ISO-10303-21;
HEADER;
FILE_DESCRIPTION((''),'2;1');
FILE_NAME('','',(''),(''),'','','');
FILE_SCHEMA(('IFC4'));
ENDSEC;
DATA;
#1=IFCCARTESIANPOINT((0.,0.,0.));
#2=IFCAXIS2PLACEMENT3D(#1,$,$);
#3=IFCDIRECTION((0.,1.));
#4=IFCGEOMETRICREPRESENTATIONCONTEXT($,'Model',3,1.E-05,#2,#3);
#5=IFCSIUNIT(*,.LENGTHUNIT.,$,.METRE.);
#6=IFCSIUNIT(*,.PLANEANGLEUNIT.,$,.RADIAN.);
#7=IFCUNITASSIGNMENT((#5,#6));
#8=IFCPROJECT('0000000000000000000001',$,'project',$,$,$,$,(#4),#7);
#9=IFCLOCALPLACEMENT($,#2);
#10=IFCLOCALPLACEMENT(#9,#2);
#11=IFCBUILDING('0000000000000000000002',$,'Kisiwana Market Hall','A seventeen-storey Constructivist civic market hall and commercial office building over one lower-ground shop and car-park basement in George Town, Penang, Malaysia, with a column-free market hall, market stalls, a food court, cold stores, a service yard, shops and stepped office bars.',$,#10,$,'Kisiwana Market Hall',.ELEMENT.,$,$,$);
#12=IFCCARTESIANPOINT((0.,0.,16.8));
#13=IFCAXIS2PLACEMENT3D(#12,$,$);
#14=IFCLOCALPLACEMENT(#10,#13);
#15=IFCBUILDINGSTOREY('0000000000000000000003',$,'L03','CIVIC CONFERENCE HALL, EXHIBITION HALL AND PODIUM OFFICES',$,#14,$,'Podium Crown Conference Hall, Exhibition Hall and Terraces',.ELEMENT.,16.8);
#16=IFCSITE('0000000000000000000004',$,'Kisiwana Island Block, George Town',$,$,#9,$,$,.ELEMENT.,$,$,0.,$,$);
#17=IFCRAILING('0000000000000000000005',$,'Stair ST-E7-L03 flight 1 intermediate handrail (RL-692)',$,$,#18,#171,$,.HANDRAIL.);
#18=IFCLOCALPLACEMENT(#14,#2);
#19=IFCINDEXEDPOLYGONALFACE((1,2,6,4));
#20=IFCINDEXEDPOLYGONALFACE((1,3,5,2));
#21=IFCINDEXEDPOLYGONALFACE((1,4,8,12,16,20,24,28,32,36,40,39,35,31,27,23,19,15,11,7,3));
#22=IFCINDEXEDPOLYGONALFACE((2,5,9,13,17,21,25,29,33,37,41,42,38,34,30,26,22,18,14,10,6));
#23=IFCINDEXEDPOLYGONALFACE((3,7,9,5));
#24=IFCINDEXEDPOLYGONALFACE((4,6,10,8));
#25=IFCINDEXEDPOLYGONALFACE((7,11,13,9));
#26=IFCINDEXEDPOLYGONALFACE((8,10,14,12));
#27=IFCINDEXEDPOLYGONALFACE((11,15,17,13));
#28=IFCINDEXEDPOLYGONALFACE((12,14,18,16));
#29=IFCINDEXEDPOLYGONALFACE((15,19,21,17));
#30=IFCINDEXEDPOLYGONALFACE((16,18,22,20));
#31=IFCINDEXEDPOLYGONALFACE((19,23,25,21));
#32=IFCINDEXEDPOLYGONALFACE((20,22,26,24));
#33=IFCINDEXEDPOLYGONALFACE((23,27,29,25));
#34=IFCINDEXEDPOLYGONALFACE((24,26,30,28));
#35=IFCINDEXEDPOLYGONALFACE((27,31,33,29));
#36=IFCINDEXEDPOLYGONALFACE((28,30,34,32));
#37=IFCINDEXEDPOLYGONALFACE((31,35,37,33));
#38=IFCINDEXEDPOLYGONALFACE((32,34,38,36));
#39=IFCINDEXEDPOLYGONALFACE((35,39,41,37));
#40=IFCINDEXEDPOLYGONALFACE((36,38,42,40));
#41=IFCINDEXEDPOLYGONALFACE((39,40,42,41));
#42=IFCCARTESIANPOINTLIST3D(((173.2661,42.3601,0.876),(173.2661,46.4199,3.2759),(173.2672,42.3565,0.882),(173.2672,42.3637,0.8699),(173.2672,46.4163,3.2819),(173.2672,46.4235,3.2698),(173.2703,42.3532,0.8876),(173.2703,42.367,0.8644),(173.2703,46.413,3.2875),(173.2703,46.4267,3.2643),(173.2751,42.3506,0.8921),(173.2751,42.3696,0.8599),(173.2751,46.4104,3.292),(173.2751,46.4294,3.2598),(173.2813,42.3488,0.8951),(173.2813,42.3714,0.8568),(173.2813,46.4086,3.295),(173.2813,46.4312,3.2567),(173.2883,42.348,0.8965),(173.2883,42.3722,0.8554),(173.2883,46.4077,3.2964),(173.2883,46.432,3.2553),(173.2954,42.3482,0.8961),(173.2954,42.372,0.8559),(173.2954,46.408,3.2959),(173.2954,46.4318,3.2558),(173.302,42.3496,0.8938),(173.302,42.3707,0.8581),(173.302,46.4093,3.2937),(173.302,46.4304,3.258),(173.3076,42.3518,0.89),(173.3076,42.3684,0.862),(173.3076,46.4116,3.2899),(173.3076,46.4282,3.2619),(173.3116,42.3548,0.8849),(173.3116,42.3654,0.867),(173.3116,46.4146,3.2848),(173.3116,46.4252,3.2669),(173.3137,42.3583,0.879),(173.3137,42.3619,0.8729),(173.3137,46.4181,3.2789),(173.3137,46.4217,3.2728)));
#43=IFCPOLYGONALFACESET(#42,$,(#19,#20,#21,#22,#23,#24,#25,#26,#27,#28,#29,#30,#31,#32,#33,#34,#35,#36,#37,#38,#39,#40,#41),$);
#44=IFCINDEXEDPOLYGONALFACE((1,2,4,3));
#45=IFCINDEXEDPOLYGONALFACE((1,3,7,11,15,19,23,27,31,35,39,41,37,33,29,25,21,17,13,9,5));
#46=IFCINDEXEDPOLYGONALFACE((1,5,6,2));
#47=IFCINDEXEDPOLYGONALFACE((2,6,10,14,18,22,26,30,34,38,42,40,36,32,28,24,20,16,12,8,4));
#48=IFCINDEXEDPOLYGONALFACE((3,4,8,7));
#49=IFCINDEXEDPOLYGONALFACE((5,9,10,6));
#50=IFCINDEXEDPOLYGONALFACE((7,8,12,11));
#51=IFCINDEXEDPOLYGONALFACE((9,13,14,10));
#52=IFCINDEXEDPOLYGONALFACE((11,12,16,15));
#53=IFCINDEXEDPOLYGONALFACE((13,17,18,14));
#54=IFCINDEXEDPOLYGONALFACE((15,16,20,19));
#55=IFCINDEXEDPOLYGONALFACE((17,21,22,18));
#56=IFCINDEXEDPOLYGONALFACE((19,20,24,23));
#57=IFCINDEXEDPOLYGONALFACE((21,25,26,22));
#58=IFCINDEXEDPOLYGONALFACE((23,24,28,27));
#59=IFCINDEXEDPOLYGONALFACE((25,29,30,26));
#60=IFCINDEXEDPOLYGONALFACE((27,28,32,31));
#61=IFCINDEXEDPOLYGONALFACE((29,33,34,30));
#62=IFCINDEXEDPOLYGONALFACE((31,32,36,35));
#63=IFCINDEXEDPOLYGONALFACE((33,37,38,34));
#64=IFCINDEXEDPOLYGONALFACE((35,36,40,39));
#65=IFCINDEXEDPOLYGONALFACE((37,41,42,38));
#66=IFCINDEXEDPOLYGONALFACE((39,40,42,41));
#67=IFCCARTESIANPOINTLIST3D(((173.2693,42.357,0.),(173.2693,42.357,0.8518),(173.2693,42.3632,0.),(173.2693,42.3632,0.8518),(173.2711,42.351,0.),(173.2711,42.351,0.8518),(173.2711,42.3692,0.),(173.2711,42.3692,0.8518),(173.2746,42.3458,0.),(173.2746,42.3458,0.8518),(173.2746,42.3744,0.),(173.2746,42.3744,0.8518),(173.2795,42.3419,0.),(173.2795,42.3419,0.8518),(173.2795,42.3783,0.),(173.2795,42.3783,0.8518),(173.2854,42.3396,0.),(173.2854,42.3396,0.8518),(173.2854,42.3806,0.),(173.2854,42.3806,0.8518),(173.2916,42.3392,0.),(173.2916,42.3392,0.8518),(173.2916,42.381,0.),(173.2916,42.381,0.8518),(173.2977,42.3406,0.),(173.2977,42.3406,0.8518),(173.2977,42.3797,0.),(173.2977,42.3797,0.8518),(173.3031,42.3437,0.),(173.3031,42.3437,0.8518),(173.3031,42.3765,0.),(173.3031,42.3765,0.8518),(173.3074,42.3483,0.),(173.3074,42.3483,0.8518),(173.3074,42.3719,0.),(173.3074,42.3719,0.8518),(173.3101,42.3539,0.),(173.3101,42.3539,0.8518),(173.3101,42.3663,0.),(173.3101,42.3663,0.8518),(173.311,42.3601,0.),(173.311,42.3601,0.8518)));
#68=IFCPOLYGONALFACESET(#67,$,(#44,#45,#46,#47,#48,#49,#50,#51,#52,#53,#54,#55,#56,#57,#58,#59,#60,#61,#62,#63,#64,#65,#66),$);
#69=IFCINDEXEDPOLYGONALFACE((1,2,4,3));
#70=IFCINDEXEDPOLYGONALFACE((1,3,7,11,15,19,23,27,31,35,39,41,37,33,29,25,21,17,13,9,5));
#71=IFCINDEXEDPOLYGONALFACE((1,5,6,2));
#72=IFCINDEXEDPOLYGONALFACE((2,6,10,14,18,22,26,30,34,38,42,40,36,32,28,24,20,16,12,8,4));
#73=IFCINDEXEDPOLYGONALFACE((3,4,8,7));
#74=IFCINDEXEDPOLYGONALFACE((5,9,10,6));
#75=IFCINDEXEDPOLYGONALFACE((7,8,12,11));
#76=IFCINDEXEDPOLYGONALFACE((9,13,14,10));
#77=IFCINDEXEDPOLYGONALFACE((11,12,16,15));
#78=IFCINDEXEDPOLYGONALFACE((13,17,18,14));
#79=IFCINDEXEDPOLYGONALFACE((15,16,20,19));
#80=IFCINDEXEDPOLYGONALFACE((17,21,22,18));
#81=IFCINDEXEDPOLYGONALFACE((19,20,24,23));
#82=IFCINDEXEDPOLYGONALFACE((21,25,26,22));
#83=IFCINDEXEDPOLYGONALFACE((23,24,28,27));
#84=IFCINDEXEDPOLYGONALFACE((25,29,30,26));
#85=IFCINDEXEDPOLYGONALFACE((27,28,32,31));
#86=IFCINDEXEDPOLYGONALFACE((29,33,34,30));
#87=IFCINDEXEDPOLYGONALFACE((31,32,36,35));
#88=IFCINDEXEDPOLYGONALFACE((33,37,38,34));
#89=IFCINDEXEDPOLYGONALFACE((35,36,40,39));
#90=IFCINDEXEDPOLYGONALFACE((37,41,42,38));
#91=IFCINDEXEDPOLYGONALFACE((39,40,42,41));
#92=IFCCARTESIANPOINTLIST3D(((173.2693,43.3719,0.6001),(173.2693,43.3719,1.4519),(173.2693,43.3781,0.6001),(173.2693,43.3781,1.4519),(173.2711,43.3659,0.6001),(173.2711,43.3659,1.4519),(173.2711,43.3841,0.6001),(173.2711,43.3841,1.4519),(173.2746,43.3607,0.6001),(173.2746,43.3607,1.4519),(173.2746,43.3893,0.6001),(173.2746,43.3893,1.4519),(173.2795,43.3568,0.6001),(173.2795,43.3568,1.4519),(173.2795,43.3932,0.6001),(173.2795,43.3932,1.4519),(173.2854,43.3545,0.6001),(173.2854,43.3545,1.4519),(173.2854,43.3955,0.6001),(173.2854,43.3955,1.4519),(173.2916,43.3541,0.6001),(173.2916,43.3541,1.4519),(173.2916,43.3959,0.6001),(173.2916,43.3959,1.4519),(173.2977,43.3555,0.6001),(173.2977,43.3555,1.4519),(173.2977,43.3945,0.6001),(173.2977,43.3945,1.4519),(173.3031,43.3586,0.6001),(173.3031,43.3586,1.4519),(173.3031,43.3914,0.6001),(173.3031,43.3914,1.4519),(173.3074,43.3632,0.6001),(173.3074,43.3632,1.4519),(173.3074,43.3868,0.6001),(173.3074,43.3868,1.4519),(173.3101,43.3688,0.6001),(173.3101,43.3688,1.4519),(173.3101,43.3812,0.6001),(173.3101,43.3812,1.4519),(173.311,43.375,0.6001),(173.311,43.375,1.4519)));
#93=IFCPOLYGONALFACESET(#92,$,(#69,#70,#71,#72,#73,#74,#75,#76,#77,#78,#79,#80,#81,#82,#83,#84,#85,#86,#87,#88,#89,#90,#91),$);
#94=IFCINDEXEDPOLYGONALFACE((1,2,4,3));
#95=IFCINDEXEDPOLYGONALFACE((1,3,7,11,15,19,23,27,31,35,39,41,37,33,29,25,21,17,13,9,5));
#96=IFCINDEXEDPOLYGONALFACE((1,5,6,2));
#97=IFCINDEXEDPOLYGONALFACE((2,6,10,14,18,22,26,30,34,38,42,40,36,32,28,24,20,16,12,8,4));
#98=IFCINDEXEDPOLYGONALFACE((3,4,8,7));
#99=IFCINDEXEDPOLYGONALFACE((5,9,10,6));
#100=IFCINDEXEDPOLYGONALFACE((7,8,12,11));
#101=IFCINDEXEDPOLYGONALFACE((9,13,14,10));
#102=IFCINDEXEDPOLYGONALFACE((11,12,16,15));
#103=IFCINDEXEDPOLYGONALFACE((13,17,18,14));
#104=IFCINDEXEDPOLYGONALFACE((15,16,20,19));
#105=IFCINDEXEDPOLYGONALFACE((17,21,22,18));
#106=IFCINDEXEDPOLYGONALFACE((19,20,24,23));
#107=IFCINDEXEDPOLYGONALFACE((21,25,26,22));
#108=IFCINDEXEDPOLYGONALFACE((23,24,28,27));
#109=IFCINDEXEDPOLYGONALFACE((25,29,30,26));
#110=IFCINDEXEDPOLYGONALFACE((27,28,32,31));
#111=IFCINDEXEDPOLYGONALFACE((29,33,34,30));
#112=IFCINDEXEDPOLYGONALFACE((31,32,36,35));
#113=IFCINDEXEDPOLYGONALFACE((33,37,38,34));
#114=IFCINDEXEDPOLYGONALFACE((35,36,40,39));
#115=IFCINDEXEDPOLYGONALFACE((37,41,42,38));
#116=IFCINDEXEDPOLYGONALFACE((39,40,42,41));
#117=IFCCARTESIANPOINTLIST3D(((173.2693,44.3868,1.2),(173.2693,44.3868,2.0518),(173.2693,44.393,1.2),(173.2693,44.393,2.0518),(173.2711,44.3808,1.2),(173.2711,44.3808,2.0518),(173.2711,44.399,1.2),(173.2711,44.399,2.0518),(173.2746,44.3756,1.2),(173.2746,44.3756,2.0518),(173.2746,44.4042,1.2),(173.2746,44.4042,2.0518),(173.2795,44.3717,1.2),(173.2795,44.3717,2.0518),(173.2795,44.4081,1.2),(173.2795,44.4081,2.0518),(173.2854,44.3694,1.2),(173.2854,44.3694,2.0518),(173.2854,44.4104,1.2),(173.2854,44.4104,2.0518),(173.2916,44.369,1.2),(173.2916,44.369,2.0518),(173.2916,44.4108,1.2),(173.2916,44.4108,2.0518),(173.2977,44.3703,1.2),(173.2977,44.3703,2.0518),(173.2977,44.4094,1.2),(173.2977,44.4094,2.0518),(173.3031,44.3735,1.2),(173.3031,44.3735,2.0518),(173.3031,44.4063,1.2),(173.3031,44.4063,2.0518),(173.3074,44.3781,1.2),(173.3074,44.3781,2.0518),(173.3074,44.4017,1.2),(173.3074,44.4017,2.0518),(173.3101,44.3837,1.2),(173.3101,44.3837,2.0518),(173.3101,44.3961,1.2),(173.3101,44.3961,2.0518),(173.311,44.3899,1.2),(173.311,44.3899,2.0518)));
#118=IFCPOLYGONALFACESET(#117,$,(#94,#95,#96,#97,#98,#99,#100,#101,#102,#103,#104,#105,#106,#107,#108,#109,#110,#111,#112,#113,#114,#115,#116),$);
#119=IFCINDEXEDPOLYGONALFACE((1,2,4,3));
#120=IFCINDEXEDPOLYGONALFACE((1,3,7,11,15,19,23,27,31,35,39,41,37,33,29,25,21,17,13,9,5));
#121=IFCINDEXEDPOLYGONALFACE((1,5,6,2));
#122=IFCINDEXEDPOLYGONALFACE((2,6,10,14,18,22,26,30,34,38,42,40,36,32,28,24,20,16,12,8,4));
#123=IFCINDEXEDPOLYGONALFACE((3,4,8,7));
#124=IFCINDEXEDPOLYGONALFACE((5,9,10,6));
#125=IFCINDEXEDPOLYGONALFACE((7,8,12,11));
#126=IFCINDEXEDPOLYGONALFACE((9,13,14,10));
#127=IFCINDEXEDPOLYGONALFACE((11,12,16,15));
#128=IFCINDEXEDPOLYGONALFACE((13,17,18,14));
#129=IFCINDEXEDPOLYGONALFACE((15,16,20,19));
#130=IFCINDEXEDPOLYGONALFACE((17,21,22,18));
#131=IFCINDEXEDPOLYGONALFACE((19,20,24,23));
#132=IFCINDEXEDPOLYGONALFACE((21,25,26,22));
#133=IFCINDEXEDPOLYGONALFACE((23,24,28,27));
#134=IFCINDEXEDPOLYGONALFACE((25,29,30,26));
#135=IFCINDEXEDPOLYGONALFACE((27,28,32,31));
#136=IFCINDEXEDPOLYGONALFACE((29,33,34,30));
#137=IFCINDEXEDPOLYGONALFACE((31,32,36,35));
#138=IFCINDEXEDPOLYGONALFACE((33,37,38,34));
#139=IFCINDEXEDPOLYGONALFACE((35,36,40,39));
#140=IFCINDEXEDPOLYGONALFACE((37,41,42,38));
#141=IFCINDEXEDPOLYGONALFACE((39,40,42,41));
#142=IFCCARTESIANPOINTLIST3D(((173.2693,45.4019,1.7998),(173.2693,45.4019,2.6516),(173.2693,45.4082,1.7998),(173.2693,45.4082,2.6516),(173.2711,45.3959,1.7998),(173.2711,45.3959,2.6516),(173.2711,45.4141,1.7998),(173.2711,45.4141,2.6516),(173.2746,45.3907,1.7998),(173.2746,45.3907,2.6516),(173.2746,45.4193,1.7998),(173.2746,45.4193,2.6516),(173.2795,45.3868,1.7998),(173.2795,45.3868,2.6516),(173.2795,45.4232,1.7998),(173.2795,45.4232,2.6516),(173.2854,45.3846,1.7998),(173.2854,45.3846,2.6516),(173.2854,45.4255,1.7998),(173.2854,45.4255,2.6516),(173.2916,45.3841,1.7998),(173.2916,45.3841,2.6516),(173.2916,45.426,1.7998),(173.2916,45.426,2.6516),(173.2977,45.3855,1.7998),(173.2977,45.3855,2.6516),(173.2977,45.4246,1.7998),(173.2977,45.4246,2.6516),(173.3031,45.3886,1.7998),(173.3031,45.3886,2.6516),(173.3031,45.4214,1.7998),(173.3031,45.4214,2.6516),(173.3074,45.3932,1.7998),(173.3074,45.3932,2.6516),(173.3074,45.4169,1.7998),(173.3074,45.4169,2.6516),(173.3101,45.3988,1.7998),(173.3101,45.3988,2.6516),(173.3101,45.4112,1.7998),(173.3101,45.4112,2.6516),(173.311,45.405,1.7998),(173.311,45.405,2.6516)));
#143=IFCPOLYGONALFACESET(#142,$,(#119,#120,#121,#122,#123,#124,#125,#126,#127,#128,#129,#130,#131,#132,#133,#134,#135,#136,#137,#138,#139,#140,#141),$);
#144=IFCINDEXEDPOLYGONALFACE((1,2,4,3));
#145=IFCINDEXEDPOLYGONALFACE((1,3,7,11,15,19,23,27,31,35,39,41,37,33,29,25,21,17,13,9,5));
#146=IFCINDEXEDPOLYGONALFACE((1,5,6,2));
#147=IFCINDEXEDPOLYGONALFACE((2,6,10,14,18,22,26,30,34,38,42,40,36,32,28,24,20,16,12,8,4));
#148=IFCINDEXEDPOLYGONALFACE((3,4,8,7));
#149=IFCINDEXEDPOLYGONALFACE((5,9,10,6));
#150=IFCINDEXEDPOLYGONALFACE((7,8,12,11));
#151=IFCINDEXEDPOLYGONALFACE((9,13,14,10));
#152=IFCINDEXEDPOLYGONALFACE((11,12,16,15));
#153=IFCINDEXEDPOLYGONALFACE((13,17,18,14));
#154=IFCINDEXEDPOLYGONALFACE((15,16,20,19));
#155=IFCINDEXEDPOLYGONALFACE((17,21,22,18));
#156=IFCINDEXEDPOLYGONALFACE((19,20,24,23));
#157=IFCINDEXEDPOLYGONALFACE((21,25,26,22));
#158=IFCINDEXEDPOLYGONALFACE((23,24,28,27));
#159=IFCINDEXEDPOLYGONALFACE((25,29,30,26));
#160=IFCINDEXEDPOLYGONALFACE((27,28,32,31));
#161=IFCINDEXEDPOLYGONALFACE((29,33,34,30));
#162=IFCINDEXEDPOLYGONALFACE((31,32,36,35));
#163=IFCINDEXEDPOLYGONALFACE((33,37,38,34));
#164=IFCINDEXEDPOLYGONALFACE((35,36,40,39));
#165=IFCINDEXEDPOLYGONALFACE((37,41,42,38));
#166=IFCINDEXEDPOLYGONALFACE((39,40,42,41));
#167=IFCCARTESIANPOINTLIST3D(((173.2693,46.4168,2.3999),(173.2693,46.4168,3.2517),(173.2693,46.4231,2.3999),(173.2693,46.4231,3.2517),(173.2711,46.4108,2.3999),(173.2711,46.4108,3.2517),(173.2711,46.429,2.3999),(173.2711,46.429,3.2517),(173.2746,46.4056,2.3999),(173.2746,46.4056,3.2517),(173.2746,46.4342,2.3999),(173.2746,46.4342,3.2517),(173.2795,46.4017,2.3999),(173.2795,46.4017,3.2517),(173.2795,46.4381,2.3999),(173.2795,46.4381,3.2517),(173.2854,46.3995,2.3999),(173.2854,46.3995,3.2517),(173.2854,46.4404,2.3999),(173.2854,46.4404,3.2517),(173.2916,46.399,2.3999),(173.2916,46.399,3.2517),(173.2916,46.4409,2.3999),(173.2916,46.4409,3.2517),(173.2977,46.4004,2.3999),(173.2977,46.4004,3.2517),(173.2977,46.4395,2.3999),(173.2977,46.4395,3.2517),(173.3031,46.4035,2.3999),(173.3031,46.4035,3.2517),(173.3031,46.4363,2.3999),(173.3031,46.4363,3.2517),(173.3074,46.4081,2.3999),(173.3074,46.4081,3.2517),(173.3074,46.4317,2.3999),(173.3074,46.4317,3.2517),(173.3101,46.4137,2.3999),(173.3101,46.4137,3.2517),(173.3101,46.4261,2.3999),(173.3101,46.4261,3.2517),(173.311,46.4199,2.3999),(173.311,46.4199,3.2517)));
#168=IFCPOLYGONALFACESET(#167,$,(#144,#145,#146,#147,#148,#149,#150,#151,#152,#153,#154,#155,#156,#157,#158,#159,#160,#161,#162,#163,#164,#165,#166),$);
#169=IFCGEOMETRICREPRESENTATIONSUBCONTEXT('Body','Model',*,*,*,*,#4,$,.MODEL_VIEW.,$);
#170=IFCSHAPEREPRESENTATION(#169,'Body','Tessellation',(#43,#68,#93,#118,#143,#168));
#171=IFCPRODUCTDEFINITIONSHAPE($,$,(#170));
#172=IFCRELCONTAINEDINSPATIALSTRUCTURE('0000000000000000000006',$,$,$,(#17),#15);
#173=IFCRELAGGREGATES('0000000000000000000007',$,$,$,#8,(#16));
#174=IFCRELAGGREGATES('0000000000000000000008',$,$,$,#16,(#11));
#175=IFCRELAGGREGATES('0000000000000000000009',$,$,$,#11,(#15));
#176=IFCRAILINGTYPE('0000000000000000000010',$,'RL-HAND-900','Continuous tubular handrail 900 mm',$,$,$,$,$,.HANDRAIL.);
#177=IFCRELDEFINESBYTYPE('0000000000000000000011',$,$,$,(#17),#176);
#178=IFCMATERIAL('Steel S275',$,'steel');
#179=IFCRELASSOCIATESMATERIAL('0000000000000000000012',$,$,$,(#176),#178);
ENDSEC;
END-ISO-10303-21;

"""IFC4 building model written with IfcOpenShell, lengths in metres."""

from ifc_helpers import new_model, si_unit, direction, frame, origin, origin_2d, place, context, subcontext, project, spatial, circle, extrude, material, type_object, element, save


model = new_model("IFC4")

# Units and contexts
model_context = context("Model", 3, precision=1e-05, world=origin(), true_north=direction((0.0, 1.0)))
body_context = subcontext(model_context, "Body", "Model", "MODEL_VIEW")
ifc_project = project(units=[si_unit("LENGTHUNIT", "METRE"), si_unit("PLANEANGLEUNIT", "RADIAN")], contexts=[model_context])

# Site, building, storey
site_placement = place(None, origin())
site = spatial("IfcSite", under=ifc_project, at=site_placement, Name="Kisiwana Island Block, George Town", CompositionType="ELEMENT", RefElevation=0.0)
building_placement = place(site_placement, origin())
building = spatial("IfcBuilding", under=site, at=building_placement, Name="Kisiwana Market Hall", Description="A seventeen-storey Constructivist civic market hall and commercial office building over one lower-ground shop and car-park basement in George Town, Penang, Malaysia, with a column-free market hall, market stalls, a food court, cold stores, a service yard, shops and stepped office bars.", LongName="Kisiwana Market Hall", CompositionType="ELEMENT")
storey_placement = place(building_placement, frame((0.0, 0.0, 16.8)))
storey = spatial("IfcBuildingStorey", under=building, at=storey_placement, Name="L03", Description="CIVIC CONFERENCE HALL, EXHIBITION HALL AND PODIUM OFFICES", LongName="Podium Crown Conference Hall, Exhibition Hall and Terraces", CompositionType="ELEMENT", Elevation=16.8)

# Railing
ifc_material_1 = material(Name="Steel S275", Category="steel")
railing_type_1 = type_object("IfcRailingType", Name="RL-HAND-900", Description="Continuous tubular handrail 900 mm", PredefinedType="HANDRAIL", material=ifc_material_1)
railing_1_placement = place(storey_placement, frame((173.29, 42.3601, 0.0)))
element("IfcRailing", 1, at=railing_1_placement, inside=storey, type_object=railing_type_1, Name="Stair ST-E7-L03 flight 1 intermediate handrail (RL-692)", PredefinedType="HANDRAIL", context=body_context, shape_type="SweptSolid", body=[
    extrude(circle(Radius=0.0239, at=origin_2d()), frame((0.0, 0.0, 0.876), z_axis=(0.0, 0.860841, 0.508874), x_axis=(-1.0, 0.0, 0.0)), (0.0, 0.0, 1.0), 4.7161),
    extrude(circle(Radius=0.021, at=origin_2d()), origin(), (0.0, 0.0, 1.0), 0.8518),
    extrude(circle(Radius=0.021, at=origin_2d()), frame((0.0, 1.0149, 0.6001)), (0.0, 0.0, 1.0), 0.8518),
    extrude(circle(Radius=0.021, at=origin_2d()), frame((0.0, 2.0298, 1.2)), (0.0, 0.0, 1.0), 0.8518),
    extrude(circle(Radius=0.021, at=origin_2d()), frame((0.0, 3.0449, 1.7998)), (0.0, 0.0, 1.0), 0.8518),
    extrude(circle(Radius=0.021, at=origin_2d()), frame((0.0, 4.0598, 2.3999)), (0.0, 0.0, 1.0), 0.8518),
])

save(model, "model.ifc")
